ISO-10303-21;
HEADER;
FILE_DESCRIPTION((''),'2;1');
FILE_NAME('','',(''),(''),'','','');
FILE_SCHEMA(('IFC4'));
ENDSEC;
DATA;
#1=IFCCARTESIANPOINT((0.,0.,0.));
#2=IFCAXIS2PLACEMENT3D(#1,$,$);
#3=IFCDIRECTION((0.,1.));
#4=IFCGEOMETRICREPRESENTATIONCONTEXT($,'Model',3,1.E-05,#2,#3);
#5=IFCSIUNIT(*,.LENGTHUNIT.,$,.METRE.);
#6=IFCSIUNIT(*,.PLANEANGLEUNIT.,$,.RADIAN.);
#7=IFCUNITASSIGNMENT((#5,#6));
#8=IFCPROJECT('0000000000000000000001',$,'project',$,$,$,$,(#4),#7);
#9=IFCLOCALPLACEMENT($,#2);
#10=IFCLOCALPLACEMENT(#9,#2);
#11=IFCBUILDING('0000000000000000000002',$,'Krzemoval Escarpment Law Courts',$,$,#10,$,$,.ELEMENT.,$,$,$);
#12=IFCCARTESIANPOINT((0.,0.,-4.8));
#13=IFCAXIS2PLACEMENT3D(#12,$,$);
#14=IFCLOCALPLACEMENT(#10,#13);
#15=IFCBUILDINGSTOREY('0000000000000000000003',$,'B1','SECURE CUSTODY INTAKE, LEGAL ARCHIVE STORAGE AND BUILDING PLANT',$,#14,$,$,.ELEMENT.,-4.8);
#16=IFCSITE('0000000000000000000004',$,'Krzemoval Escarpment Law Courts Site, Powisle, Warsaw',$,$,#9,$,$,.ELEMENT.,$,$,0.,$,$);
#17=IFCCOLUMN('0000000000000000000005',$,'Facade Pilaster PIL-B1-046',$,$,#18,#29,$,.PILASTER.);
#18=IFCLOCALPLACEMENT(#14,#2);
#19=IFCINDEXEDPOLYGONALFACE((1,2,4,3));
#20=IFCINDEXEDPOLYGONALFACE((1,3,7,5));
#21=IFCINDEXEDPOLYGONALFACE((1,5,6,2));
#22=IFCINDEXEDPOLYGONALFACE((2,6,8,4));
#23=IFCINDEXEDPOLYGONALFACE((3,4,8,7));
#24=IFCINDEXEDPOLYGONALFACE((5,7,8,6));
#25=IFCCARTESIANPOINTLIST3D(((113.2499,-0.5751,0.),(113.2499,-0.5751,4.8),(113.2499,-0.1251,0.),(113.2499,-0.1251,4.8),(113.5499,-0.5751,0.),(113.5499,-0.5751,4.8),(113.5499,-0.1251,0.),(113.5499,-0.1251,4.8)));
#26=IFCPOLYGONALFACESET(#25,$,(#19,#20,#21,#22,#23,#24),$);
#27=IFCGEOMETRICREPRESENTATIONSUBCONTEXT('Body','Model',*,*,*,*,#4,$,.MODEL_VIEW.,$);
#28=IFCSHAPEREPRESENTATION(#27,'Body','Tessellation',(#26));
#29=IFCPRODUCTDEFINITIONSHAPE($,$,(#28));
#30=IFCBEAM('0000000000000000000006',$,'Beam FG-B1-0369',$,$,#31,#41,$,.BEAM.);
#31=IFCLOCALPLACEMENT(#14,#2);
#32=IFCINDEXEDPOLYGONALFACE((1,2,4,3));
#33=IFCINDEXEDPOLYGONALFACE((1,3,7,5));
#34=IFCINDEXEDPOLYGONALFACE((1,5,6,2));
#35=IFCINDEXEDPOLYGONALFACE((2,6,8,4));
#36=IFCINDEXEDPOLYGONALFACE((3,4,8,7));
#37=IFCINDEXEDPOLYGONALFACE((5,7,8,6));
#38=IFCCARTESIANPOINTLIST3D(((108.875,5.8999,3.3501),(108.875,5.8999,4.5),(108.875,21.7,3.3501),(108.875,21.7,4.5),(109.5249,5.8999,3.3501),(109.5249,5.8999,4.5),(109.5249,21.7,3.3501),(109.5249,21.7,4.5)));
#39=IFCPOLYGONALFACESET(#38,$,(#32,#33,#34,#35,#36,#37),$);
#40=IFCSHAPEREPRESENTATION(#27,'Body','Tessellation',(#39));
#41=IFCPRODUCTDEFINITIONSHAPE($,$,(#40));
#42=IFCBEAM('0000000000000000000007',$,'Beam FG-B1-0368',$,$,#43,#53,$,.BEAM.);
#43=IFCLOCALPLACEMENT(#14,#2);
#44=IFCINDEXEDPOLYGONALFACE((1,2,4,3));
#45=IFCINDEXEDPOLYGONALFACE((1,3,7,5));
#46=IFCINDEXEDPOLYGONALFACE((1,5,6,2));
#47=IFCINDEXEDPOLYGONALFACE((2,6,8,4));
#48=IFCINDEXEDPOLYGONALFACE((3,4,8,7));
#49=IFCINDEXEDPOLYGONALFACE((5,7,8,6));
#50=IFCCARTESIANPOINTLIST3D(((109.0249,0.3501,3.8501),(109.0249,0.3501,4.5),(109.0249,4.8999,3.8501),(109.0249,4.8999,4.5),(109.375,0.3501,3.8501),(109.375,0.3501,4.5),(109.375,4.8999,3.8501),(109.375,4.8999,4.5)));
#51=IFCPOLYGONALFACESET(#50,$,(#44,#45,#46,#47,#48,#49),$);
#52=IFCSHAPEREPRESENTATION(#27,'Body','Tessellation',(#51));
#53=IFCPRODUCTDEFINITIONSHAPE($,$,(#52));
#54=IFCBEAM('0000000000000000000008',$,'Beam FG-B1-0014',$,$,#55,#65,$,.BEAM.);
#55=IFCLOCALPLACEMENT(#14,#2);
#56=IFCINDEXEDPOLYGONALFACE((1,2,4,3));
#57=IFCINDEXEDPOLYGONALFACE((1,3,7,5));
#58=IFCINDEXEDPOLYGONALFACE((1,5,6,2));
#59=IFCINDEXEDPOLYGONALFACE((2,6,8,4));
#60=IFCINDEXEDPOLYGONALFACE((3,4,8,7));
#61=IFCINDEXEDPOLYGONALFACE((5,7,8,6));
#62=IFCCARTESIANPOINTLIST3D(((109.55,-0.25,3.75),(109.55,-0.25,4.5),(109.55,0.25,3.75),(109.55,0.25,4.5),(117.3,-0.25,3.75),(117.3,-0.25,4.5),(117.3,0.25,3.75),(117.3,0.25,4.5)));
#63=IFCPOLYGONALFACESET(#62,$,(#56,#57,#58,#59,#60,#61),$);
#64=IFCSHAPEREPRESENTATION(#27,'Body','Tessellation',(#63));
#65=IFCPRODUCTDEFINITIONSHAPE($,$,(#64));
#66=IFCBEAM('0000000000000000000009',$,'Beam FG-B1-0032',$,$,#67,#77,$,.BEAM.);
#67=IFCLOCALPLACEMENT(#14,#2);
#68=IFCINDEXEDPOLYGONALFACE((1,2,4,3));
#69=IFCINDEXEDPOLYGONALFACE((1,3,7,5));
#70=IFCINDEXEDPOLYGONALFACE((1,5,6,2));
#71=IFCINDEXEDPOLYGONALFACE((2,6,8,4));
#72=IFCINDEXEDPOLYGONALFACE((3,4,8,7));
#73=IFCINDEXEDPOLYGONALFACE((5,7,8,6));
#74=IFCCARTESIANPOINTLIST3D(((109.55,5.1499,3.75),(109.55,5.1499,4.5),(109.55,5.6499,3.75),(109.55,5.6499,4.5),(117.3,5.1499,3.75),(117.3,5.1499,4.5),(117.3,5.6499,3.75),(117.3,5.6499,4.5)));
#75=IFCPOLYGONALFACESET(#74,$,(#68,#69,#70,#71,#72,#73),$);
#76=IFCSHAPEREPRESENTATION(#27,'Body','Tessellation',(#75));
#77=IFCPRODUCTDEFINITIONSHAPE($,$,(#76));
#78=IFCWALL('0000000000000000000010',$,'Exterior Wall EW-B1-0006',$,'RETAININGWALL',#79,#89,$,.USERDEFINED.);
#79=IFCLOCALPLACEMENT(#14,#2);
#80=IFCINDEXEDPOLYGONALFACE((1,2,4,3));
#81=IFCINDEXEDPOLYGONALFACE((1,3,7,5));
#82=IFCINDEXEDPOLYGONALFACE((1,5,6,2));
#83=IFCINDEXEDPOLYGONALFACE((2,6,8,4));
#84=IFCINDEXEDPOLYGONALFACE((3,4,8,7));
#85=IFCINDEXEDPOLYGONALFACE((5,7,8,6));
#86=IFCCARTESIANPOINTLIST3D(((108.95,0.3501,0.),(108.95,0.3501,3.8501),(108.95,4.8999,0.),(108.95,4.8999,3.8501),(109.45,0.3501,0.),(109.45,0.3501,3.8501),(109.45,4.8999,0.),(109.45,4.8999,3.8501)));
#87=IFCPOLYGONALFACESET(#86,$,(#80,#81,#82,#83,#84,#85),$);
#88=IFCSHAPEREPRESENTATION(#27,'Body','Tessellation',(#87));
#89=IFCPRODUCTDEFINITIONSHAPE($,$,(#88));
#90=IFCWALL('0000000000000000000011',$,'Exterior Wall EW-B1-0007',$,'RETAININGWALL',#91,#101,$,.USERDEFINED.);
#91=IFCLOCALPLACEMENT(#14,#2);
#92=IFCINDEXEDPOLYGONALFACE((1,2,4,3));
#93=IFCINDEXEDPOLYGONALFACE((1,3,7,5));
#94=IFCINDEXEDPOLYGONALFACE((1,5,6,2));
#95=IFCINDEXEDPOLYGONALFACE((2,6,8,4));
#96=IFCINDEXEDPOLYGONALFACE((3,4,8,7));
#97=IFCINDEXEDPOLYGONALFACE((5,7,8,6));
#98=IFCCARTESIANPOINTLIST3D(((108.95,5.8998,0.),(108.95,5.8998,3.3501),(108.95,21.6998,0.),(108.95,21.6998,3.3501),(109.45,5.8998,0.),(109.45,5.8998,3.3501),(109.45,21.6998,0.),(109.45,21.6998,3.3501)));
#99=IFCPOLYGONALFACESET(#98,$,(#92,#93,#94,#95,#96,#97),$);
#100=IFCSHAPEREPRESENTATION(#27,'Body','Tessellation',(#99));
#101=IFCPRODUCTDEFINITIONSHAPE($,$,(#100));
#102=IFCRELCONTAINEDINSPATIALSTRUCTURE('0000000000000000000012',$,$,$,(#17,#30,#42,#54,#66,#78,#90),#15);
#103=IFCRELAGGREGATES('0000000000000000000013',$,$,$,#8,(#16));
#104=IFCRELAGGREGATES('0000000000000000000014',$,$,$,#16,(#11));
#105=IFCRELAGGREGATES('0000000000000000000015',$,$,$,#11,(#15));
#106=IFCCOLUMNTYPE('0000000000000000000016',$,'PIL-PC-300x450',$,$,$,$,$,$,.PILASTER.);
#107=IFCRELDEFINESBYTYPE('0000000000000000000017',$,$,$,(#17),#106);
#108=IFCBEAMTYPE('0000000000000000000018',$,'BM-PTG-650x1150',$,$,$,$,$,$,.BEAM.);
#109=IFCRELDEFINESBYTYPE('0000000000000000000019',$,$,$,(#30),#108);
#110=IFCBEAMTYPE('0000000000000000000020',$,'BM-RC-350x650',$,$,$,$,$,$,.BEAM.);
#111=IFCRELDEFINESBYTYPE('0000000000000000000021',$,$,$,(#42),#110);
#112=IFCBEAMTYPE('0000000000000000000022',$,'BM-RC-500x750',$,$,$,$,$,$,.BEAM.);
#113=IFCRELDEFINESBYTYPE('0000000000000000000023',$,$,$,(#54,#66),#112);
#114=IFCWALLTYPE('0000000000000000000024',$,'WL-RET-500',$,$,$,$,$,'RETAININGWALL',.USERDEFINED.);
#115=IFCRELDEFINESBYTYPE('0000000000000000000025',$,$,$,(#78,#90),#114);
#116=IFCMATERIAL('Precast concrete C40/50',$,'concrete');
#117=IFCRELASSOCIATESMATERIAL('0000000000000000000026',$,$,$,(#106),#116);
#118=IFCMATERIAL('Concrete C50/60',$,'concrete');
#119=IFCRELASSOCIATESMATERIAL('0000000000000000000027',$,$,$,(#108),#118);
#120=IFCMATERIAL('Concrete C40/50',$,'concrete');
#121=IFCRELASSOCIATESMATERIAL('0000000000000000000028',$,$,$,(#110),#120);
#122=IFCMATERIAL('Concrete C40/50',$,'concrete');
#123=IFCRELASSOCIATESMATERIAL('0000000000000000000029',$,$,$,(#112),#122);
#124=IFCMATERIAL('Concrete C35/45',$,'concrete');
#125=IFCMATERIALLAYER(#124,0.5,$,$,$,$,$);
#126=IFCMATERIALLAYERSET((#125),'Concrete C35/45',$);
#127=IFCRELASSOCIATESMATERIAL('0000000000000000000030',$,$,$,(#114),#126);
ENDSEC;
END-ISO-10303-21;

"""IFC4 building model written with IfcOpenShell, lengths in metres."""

from ifc_helpers import new_model, si_unit, direction, frame, frame_2d, origin, origin_2d, place, context, subcontext, project, spatial, rectangle, extrude, material, layer, layer_set, material_profile, profile_set, type_object, element, save


model = new_model("IFC4")

# Units and contexts
model_context = context("Model", 3, precision=1e-05, world=origin(), true_north=direction((0.0, 1.0)))
body_context = subcontext(model_context, "Body", "Model", "MODEL_VIEW")
ifc_project = project(units=[si_unit("LENGTHUNIT", "METRE"), si_unit("PLANEANGLEUNIT", "RADIAN")], contexts=[model_context])

# Site, building, storey
site_placement = place(None, origin())
site = spatial("IfcSite", under=ifc_project, at=site_placement, Name="Krzemoval Escarpment Law Courts Site, Powisle, Warsaw", CompositionType="ELEMENT", RefElevation=0.0)
building_placement = place(site_placement, origin())
building = spatial("IfcBuilding", under=site, at=building_placement, Name="Krzemoval Escarpment Law Courts", CompositionType="ELEMENT")
storey_placement = place(building_placement, frame((0.0, 0.0, -4.8)))
storey = spatial("IfcBuildingStorey", under=building, at=storey_placement, Name="B1", Description="SECURE CUSTODY INTAKE, LEGAL ARCHIVE STORAGE AND BUILDING PLANT", CompositionType="ELEMENT", Elevation=-4.8)

# Column
ifc_material_1 = material(Name="Precast concrete C40/50", Category="concrete")
ifc_material_profile_1 = material_profile(ifc_material_1, rectangle(XDim=0.3, YDim=0.45, at=origin_2d()), Name="PIL 300x450")
ifc_profile_set_1 = profile_set([ifc_material_profile_1], Name="Precast concrete C40/50")
column_type_1 = type_object("IfcColumnType", Name="PIL-PC-300x450", PredefinedType="PILASTER", material=ifc_profile_set_1)
column_1_placement = place(storey_placement, frame((113.3999, -0.3501, 0.0), z_axis=(0.0, 0.0, 1.0), x_axis=(1.0, 0.0, 0.0)))
element("IfcColumn", 1, at=column_1_placement, inside=storey, type_object=column_type_1, Name="Facade Pilaster PIL-B1-046", PredefinedType="PILASTER", context=body_context, shape_type="SweptSolid", body=[
    extrude(rectangle(XDim=0.3, YDim=0.45, at=origin_2d()), origin(), (0.0, 0.0, 1.0), 4.8),
])

# Beams
ifc_material_2 = material(Name="Concrete C50/60", Category="concrete")
ifc_material_profile_2 = material_profile(ifc_material_2, rectangle(XDim=0.6499, YDim=1.1499, at=origin_2d()), Name="PTG 650x1150")
ifc_profile_set_2 = profile_set([ifc_material_profile_2], Name="Concrete C50/60")
beam_type_1 = type_object("IfcBeamType", Name="BM-PTG-650x1150", PredefinedType="BEAM", material=ifc_profile_set_2)
beam_1_placement = place(storey_placement, frame((109.2, 5.8999, 3.925), z_axis=(0.0, 1.0, 0.0), x_axis=(-1.0, 0.0, 0.0)))
element("IfcBeam", 2, at=beam_1_placement, inside=storey, type_object=beam_type_1, Name="Beam FG-B1-0369", PredefinedType="BEAM", context=body_context, shape_type="SweptSolid", body=[
    extrude(rectangle(XDim=0.6499, YDim=1.1499, at=origin_2d()), origin(), (0.0, 0.0, 1.0), 15.8),
])
ifc_material_3 = material(Name="Concrete C40/50", Category="concrete")
ifc_material_profile_3 = material_profile(ifc_material_3, rectangle(XDim=0.3501, YDim=0.6499, at=origin_2d()), Name="RCB 350x650")
ifc_profile_set_3 = profile_set([ifc_material_profile_3], Name="Concrete C40/50")
beam_type_2 = type_object("IfcBeamType", Name="BM-RC-350x650", PredefinedType="BEAM", material=ifc_profile_set_3)
beam_2_placement = place(storey_placement, frame((109.2, 0.3501, 4.175), z_axis=(0.0, 1.0, 0.0), x_axis=(-1.0, 0.0, 0.0)))
element("IfcBeam", 3, at=beam_2_placement, inside=storey, type_object=beam_type_2, Name="Beam FG-B1-0368", PredefinedType="BEAM", context=body_context, shape_type="SweptSolid", body=[
    extrude(rectangle(XDim=0.3501, YDim=0.6499, at=origin_2d()), origin(), (0.0, 0.0, 1.0), 4.5498),
])
ifc_material_4 = material(Name="Concrete C40/50", Category="concrete")
ifc_material_profile_4 = material_profile(ifc_material_4, rectangle(XDim=0.5, YDim=0.75, at=origin_2d()), Name="RCB 500x750")
ifc_profile_set_4 = profile_set([ifc_material_profile_4], Name="Concrete C40/50")
beam_type_3 = type_object("IfcBeamType", Name="BM-RC-500x750", PredefinedType="BEAM", material=ifc_profile_set_4)
for number, where, z_axis, x_axis, name in (
    (4, (109.55, 0.0, 4.125), (1.0, 0.0, 0.0), (0.0, 1.0, 0.0), "Beam FG-B1-0014"),
    (5, (109.55, 5.3999, 4.125), (1.0, 0.0, 0.0), (0.0, 1.0, 0.0), "Beam FG-B1-0032"),
):
    element("IfcBeam", number, at=place(storey_placement, frame(where, z_axis=z_axis, x_axis=x_axis)), inside=storey, type_object=beam_type_3, Name=name, PredefinedType="BEAM", context=body_context, shape_type="SweptSolid", body=[
        extrude(rectangle(XDim=0.5, YDim=0.75, at=origin_2d()), origin(), (0.0, 0.0, 1.0), 7.75),
    ])

# Walls
ifc_material_5 = material(Name="Concrete C35/45", Category="concrete")
ifc_layer = layer(ifc_material_5, 0.5)
ifc_layer_set = layer_set([ifc_layer], Name="Concrete C35/45")
wall_type = type_object("IfcWallType", Name="WL-RET-500", ElementType="RETAININGWALL", PredefinedType="USERDEFINED", material=ifc_layer_set)
wall_1_placement = place(storey_placement, frame((109.2, 0.3501, 0.0), z_axis=(0.0, 0.0, 1.0), x_axis=(0.0, 1.0, 0.0)))
element("IfcWall", 6, at=wall_1_placement, inside=storey, type_object=wall_type, Name="Exterior Wall EW-B1-0006", ObjectType="RETAININGWALL", PredefinedType="USERDEFINED", context=body_context, shape_type="SweptSolid", body=[
    extrude(rectangle(XDim=4.5498, YDim=0.5, at=frame_2d((2.2749, 0.0))), origin(), (0.0, 0.0, 1.0), 3.8501),
])
wall_2_placement = place(storey_placement, frame((109.2, 5.8999, 0.0), z_axis=(0.0, 0.0, 1.0), x_axis=(0.0, 1.0, 0.0)))
element("IfcWall", 7, at=wall_2_placement, inside=storey, type_object=wall_type, Name="Exterior Wall EW-B1-0007", ObjectType="RETAININGWALL", PredefinedType="USERDEFINED", context=body_context, shape_type="SweptSolid", body=[
    extrude(rectangle(XDim=15.8, YDim=0.5, at=frame_2d((7.8999, 0.0))), origin(), (0.0, 0.0, 1.0), 3.3501),
])

save(model, "model.ifc")
